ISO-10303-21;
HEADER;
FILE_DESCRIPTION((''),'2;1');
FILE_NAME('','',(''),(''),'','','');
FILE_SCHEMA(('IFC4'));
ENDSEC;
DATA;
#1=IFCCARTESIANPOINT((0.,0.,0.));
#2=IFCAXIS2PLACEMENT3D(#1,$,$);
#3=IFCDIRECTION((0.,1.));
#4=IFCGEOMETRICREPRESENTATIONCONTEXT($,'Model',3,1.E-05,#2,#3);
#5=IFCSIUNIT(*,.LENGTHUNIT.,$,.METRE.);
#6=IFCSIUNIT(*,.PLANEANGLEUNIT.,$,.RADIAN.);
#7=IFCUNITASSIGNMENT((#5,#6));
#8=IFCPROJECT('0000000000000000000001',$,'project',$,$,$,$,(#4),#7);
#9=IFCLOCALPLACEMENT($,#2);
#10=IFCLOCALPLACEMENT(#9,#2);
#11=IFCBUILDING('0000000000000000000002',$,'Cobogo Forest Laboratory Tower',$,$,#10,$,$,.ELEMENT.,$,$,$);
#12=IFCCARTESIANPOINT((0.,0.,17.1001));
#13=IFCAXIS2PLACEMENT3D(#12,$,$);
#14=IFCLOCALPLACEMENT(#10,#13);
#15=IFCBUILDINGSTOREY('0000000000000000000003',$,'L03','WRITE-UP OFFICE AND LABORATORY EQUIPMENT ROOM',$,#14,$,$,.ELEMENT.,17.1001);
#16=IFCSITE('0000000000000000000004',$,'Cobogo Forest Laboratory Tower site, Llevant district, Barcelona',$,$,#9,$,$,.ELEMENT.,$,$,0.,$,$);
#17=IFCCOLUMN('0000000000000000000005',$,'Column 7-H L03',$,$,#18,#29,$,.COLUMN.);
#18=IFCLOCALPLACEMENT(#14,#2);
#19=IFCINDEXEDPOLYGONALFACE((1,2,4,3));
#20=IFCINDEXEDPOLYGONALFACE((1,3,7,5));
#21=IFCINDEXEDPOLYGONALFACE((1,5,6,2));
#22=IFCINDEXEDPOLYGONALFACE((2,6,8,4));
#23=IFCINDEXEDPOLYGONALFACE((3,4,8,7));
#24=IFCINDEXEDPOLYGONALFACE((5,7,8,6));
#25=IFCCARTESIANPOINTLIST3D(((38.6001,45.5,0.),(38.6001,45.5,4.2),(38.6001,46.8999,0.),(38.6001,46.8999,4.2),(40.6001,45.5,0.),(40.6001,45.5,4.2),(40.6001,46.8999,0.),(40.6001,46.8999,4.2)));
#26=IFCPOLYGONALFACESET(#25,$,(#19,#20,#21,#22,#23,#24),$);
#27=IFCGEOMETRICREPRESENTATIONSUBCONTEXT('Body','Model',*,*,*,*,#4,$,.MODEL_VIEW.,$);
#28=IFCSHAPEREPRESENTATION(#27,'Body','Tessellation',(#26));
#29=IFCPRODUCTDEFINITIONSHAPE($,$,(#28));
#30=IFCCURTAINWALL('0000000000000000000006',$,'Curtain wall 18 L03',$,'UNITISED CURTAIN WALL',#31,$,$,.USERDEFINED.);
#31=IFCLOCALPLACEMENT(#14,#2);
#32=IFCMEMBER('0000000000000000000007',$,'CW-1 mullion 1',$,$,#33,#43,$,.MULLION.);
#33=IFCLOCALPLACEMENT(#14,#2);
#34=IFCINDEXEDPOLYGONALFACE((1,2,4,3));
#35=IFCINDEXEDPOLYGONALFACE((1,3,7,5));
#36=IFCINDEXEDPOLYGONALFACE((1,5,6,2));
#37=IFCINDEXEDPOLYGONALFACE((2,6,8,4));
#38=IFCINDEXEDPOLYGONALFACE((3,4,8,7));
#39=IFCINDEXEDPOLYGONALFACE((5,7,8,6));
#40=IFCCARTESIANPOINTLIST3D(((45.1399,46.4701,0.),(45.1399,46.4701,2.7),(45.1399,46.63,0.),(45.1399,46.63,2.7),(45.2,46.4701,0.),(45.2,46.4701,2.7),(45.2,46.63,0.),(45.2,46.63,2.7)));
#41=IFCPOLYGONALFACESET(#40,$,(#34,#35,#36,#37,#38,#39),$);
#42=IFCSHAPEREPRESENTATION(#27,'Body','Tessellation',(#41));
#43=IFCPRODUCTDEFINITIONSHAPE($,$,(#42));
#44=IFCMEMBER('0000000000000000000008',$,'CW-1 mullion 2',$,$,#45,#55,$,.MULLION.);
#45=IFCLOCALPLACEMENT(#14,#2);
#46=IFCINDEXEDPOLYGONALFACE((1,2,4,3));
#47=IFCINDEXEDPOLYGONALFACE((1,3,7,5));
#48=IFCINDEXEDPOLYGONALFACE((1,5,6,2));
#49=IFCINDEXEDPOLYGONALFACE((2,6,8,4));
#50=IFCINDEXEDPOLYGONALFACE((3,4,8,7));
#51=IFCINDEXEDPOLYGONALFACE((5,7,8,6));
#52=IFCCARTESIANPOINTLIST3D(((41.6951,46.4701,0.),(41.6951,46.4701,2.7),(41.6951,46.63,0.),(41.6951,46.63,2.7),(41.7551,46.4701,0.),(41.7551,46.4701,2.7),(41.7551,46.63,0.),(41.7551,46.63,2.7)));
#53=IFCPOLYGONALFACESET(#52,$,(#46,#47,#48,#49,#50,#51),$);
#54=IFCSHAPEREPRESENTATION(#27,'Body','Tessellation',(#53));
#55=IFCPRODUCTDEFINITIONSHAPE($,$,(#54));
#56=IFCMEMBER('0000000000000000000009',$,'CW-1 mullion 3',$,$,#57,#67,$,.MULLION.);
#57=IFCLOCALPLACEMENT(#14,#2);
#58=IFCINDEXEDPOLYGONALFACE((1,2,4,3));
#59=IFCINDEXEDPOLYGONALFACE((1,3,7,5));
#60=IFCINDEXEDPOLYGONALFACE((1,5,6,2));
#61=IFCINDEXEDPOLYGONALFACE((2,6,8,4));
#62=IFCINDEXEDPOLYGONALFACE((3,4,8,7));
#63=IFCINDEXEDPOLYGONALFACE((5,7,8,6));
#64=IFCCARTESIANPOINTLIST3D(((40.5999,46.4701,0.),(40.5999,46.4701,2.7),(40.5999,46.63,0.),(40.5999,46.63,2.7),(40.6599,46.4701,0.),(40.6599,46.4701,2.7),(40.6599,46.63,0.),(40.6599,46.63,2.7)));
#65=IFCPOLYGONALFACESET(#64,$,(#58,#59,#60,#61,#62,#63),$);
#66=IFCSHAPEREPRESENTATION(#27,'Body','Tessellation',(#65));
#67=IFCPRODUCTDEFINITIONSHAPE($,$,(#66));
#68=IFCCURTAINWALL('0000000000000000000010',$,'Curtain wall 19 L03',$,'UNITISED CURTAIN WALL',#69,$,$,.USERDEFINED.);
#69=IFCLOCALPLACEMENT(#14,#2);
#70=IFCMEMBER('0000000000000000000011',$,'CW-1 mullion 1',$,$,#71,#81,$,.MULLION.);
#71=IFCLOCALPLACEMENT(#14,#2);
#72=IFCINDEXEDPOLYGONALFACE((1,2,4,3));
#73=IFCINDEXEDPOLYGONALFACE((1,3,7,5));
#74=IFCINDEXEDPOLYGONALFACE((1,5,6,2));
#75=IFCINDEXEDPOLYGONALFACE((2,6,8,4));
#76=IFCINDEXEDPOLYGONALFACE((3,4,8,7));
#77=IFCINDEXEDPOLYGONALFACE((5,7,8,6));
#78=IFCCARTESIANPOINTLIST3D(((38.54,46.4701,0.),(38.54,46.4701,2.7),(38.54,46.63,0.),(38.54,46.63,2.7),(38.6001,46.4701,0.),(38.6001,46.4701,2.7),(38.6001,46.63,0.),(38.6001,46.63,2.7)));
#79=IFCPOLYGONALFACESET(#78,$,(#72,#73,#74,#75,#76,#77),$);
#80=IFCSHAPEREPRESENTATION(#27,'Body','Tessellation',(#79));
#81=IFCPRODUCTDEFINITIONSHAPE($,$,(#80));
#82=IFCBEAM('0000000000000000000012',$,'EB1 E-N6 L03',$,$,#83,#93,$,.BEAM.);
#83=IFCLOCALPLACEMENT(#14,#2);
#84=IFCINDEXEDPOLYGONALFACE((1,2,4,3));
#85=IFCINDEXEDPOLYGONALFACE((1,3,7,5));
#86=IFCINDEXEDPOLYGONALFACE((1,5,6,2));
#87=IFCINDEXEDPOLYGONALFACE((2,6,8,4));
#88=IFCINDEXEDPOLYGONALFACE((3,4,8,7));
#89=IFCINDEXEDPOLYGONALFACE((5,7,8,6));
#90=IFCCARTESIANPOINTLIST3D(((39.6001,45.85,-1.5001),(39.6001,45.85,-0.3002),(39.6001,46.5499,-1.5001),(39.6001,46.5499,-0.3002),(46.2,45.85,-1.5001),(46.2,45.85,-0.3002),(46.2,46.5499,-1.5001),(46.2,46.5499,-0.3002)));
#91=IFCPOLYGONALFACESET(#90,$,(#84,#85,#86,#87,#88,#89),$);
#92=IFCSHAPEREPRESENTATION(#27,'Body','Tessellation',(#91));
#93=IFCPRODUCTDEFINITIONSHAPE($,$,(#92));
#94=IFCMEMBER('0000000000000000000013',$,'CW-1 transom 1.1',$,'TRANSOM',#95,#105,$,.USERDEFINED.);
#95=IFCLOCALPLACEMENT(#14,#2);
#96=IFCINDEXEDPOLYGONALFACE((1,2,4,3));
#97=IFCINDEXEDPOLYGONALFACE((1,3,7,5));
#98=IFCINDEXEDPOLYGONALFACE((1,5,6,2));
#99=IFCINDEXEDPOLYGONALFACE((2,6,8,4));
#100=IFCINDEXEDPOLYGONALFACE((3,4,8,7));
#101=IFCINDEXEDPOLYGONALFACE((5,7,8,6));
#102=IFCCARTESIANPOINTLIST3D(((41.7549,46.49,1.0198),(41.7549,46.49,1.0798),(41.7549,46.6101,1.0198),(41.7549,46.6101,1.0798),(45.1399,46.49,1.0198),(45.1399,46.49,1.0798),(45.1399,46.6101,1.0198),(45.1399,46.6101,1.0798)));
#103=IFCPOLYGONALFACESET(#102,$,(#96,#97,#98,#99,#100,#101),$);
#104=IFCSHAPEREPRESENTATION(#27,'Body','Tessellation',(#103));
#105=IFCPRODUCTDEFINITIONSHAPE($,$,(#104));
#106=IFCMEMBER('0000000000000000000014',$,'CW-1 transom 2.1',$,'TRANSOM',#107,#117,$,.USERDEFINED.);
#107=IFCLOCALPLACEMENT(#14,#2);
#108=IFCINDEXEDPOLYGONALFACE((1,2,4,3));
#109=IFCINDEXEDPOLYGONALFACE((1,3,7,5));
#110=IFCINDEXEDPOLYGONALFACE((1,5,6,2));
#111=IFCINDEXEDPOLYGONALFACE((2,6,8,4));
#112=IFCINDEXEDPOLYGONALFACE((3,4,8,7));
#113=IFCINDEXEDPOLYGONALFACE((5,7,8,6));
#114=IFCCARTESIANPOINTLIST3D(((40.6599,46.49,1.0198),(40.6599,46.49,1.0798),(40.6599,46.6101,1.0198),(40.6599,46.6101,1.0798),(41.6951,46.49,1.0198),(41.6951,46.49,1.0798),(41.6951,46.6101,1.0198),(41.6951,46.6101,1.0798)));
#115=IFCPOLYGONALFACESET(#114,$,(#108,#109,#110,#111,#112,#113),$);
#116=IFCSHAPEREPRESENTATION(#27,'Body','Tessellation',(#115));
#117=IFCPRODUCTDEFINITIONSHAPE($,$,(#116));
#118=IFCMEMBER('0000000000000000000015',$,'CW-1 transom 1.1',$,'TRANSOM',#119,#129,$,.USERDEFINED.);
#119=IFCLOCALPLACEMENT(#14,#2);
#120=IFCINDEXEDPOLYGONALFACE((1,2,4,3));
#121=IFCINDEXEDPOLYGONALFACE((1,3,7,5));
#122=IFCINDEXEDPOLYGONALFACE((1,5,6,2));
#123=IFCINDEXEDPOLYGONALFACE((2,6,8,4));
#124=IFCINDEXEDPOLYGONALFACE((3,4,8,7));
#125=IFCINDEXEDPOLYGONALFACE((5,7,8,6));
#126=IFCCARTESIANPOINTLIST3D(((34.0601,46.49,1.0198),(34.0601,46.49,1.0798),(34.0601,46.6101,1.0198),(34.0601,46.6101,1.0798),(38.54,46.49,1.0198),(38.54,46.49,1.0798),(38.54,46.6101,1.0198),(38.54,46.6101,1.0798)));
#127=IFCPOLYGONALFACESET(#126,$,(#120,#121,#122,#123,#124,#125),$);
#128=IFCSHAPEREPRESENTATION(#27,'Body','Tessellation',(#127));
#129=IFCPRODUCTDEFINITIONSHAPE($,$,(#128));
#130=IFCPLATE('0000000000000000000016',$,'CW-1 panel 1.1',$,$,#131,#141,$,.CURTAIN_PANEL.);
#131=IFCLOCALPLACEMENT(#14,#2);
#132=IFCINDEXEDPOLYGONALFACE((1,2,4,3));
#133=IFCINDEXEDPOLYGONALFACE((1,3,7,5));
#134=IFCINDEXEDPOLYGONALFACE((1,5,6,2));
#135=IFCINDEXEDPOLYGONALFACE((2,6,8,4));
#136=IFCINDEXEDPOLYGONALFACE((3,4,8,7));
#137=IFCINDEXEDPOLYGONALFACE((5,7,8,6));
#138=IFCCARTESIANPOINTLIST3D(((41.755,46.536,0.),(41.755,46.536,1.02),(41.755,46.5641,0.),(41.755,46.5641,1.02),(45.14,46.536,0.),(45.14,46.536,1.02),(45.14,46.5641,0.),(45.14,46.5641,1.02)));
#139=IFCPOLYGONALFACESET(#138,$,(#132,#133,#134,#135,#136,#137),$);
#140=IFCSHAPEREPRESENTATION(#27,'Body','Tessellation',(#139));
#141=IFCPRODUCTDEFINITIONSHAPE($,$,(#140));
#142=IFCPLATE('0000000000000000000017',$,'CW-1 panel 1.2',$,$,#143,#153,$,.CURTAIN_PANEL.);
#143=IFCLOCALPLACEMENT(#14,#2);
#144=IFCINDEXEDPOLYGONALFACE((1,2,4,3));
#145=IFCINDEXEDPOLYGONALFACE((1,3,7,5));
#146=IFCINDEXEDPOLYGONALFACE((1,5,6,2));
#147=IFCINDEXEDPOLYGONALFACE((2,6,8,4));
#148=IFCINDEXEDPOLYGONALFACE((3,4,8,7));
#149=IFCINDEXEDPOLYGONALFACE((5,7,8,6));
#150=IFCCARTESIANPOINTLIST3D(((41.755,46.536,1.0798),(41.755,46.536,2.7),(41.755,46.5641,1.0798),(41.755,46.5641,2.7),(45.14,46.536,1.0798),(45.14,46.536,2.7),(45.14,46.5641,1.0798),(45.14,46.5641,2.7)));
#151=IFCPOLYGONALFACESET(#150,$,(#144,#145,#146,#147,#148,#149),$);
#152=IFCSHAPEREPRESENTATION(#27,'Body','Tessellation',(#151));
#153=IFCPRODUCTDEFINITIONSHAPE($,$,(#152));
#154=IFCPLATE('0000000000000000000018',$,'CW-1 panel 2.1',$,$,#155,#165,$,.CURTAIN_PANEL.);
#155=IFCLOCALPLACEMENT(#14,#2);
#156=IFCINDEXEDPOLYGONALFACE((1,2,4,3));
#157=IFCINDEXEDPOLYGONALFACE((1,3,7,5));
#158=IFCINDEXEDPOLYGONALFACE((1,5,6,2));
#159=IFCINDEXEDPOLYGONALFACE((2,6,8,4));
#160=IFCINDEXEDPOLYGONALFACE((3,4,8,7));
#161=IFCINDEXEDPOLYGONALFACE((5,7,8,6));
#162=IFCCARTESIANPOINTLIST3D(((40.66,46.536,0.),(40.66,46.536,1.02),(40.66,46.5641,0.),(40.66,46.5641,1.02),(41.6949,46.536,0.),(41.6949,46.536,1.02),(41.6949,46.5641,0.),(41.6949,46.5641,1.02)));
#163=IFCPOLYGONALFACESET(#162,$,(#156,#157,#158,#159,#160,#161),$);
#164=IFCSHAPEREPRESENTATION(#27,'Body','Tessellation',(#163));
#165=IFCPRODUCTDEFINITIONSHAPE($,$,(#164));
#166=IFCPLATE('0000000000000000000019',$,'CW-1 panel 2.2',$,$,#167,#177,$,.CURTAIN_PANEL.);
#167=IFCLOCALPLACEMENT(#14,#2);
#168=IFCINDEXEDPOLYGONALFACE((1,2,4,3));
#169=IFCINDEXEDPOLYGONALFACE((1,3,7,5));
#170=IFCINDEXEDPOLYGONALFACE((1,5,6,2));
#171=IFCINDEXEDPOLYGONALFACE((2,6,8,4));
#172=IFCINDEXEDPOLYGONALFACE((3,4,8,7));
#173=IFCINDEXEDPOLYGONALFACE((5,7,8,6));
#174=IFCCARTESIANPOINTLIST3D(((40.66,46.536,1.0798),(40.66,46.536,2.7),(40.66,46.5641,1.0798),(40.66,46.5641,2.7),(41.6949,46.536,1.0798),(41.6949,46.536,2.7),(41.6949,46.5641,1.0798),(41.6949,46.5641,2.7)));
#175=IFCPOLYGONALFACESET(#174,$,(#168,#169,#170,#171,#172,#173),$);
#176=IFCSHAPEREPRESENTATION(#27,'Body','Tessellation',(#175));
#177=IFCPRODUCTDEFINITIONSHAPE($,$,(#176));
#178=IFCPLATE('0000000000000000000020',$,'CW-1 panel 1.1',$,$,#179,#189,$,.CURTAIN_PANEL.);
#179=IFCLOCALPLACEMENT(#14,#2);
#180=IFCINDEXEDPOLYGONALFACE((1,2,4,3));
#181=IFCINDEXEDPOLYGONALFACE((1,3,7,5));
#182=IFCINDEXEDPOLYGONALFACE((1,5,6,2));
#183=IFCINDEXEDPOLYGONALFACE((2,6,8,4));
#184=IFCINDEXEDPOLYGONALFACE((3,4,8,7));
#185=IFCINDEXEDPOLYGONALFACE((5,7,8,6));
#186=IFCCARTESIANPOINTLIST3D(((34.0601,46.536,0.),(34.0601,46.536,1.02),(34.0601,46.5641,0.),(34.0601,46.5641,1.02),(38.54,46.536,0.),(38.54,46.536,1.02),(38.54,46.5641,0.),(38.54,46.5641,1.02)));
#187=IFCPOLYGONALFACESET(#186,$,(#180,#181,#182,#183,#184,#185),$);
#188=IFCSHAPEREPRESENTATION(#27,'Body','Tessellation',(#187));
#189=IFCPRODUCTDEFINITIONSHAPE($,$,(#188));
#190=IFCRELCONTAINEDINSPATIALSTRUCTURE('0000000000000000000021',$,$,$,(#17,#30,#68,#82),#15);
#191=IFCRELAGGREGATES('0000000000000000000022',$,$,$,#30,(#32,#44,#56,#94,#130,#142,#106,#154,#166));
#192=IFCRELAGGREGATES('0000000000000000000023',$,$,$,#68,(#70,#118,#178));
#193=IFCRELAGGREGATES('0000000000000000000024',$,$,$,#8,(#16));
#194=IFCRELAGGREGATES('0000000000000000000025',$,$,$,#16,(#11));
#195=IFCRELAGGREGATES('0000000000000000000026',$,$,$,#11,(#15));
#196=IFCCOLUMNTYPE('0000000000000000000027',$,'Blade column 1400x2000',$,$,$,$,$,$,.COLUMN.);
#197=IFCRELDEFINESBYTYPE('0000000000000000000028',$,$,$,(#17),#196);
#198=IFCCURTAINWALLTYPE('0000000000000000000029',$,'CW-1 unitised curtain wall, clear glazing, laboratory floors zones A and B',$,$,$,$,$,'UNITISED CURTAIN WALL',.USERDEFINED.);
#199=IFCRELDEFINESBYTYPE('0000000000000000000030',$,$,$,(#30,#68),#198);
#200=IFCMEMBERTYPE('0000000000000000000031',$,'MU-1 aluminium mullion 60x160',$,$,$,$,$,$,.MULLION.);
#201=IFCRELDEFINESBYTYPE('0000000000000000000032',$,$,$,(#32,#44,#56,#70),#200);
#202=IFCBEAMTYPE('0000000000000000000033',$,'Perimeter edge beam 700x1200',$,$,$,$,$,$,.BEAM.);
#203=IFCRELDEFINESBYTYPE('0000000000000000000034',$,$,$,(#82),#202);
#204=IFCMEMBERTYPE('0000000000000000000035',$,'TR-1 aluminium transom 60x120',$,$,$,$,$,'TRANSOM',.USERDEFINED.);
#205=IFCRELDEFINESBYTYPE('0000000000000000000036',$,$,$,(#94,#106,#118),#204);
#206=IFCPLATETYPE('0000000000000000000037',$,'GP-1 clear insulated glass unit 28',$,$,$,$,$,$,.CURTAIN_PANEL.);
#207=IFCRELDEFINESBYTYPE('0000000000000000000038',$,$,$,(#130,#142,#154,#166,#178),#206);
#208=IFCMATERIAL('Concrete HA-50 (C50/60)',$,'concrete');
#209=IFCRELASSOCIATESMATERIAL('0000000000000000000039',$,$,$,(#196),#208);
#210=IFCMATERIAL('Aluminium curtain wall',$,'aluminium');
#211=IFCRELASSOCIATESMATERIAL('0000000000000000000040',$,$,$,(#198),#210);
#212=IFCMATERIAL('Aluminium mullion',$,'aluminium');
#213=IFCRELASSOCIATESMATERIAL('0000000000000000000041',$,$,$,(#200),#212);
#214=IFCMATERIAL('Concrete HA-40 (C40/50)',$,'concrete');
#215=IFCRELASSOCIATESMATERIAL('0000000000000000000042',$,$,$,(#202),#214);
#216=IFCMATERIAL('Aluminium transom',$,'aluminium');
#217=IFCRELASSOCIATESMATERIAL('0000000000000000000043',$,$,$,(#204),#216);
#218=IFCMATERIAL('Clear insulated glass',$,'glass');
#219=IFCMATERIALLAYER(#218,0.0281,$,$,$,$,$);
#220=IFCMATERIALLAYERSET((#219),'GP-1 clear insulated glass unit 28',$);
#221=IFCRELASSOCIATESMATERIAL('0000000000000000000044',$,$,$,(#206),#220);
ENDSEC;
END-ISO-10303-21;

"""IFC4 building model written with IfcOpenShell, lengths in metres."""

from ifc_helpers import new_model, si_unit, direction, frame, origin, origin_2d, place, context, subcontext, project, spatial, rectangle, extrude, material, layer, layer_set, material_profile, profile_set, type_object, element, aggregate, save


model = new_model("IFC4")

# Units and contexts
model_context = context("Model", 3, precision=1e-05, world=origin(), true_north=direction((0.0, 1.0)))
body_context = subcontext(model_context, "Body", "Model", "MODEL_VIEW")
ifc_project = project(units=[si_unit("LENGTHUNIT", "METRE"), si_unit("PLANEANGLEUNIT", "RADIAN")], contexts=[model_context])

# Site, building, storey
site_placement = place(None, origin())
site = spatial("IfcSite", under=ifc_project, at=site_placement, Name="Cobogo Forest Laboratory Tower site, Llevant district, Barcelona", CompositionType="ELEMENT", RefElevation=0.0)
building_placement = place(site_placement, origin())
building = spatial("IfcBuilding", under=site, at=building_placement, Name="Cobogo Forest Laboratory Tower", CompositionType="ELEMENT")
storey_placement = place(building_placement, frame((0.0, 0.0, 17.1001)))
storey = spatial("IfcBuildingStorey", under=building, at=storey_placement, Name="L03", Description="WRITE-UP OFFICE AND LABORATORY EQUIPMENT ROOM", CompositionType="ELEMENT", Elevation=17.1001)

# Column
ifc_material_1 = material(Name="Concrete HA-50 (C50/60)", Category="concrete")
ifc_material_profile_1 = material_profile(ifc_material_1, rectangle(XDim=2.0, YDim=1.3999, at=origin_2d()), Name="RC 1400x2000")
ifc_profile_set_1 = profile_set([ifc_material_profile_1], Name="Concrete HA-50 (C50/60)")
column_type = type_object("IfcColumnType", Name="Blade column 1400x2000", PredefinedType="COLUMN", material=ifc_profile_set_1)
column_placement = place(storey_placement, frame((39.6001, 46.2, 0.0), z_axis=(0.0, 0.0, 1.0), x_axis=(1.0, 0.0, 0.0)))
element("IfcColumn", 1, at=column_placement, inside=storey, type_object=column_type, Name="Column 7-H L03", PredefinedType="COLUMN", context=body_context, shape_type="SweptSolid", body=[
    extrude(rectangle(XDim=2.0, YDim=1.3999, at=origin_2d()), origin(), (0.0, 0.0, 1.0), 4.2),
])

# Curtain wall, members
ifc_material_2 = material(Name="Aluminium curtain wall", Category="aluminium")
curtain_wall_type = type_object("IfcCurtainWallType", Name="CW-1 unitised curtain wall, clear glazing, laboratory floors zones A and B", ElementType="UNITISED CURTAIN WALL", PredefinedType="USERDEFINED", material=ifc_material_2)
curtain_wall_1_placement = place(storey_placement, origin())
curtain_wall_1 = element("IfcCurtainWall", 2, at=curtain_wall_1_placement, inside=storey, type_object=curtain_wall_type, Name="Curtain wall 18 L03", ObjectType="UNITISED CURTAIN WALL", PredefinedType="USERDEFINED")
ifc_material_3 = material(Name="Aluminium mullion", Category="aluminium")
ifc_material_profile_2 = material_profile(ifc_material_3, rectangle(XDim=0.0601, YDim=0.1599, at=origin_2d()), Name="AL 60x160")
ifc_profile_set_2 = profile_set([ifc_material_profile_2], Name="Aluminium mullion")
member_type_1 = type_object("IfcMemberType", Name="MU-1 aluminium mullion 60x160", PredefinedType="MULLION", material=ifc_profile_set_2)
member_1_placement = place(storey_placement, frame((45.1699, 46.55, 0.0), z_axis=(0.0, 0.0, 1.0), x_axis=(-1.0, 0.0, 0.0)))
member_1 = element("IfcMember", 3, at=member_1_placement, type_object=member_type_1, Name="CW-1 mullion 1", PredefinedType="MULLION", context=body_context, shape_type="SweptSolid", body=[
    extrude(rectangle(XDim=0.0601, YDim=0.1599, at=origin_2d()), origin(), (0.0, 0.0, 1.0), 2.7),
])
member_2_placement = place(storey_placement, frame((41.7251, 46.55, 0.0), z_axis=(0.0, 0.0, 1.0), x_axis=(-1.0, 0.0, 0.0)))
member_2 = element("IfcMember", 4, at=member_2_placement, type_object=member_type_1, Name="CW-1 mullion 2", PredefinedType="MULLION", context=body_context, shape_type="SweptSolid", body=[
    extrude(rectangle(XDim=0.0601, YDim=0.1599, at=origin_2d()), origin(), (0.0, 0.0, 1.0), 2.7),
])
member_3_placement = place(storey_placement, frame((40.6299, 46.55, 0.0), z_axis=(0.0, 0.0, 1.0), x_axis=(-1.0, 0.0, 0.0)))
member_3 = element("IfcMember", 5, at=member_3_placement, type_object=member_type_1, Name="CW-1 mullion 3", PredefinedType="MULLION", context=body_context, shape_type="SweptSolid", body=[
    extrude(rectangle(XDim=0.0601, YDim=0.1599, at=origin_2d()), origin(), (0.0, 0.0, 1.0), 2.7),
])

# Curtain wall, member
curtain_wall_2_placement = place(storey_placement, origin())
curtain_wall_2 = element("IfcCurtainWall", 6, at=curtain_wall_2_placement, inside=storey, type_object=curtain_wall_type, Name="Curtain wall 19 L03", ObjectType="UNITISED CURTAIN WALL", PredefinedType="USERDEFINED")
member_4_placement = place(storey_placement, frame((38.5701, 46.55, 0.0), z_axis=(0.0, 0.0, 1.0), x_axis=(-1.0, 0.0, 0.0)))
member_4 = element("IfcMember", 7, at=member_4_placement, type_object=member_type_1, Name="CW-1 mullion 1", PredefinedType="MULLION", context=body_context, shape_type="SweptSolid", body=[
    extrude(rectangle(XDim=0.0601, YDim=0.1599, at=origin_2d()), origin(), (0.0, 0.0, 1.0), 2.7),
])

# Beam
ifc_material_4 = material(Name="Concrete HA-40 (C40/50)", Category="concrete")
ifc_material_profile_3 = material_profile(ifc_material_4, rectangle(XDim=0.7, YDim=1.2, at=origin_2d()), Name="RC 700x1200")
ifc_profile_set_3 = profile_set([ifc_material_profile_3], Name="Concrete HA-40 (C40/50)")
beam_type = type_object("IfcBeamType", Name="Perimeter edge beam 700x1200", PredefinedType="BEAM", material=ifc_profile_set_3)
beam_placement = place(storey_placement, frame((39.6001, 46.2, -0.9001), z_axis=(1.0, 0.0, 0.0), x_axis=(0.0, 1.0, 0.0)))
element("IfcBeam", 8, at=beam_placement, inside=storey, type_object=beam_type, Name="EB1 E-N6 L03", PredefinedType="BEAM", context=body_context, shape_type="SweptSolid", body=[
    extrude(rectangle(XDim=0.7, YDim=1.2, at=origin_2d()), origin(), (0.0, 0.0, 1.0), 6.5999),
])

# Members
ifc_material_5 = material(Name="Aluminium transom", Category="aluminium")
ifc_material_profile_4 = material_profile(ifc_material_5, rectangle(XDim=0.1201, YDim=0.0601, at=origin_2d()), Name="AL 60x120")
ifc_profile_set_4 = profile_set([ifc_material_profile_4], Name="Aluminium transom")
member_type_2 = type_object("IfcMemberType", Name="TR-1 aluminium transom 60x120", ElementType="TRANSOM", PredefinedType="USERDEFINED", material=ifc_profile_set_4)
member_5_placement = place(storey_placement, frame((45.1399, 46.55, 1.0498), z_axis=(-1.0, 0.0, 0.0), x_axis=(0.0, -1.0, 0.0)))
member_5 = element("IfcMember", 9, at=member_5_placement, type_object=member_type_2, Name="CW-1 transom 1.1", ObjectType="TRANSOM", PredefinedType="USERDEFINED", context=body_context, shape_type="SweptSolid", body=[
    extrude(rectangle(XDim=0.1201, YDim=0.0601, at=origin_2d()), origin(), (0.0, 0.0, 1.0), 3.385),
])
member_6_placement = place(storey_placement, frame((41.6951, 46.55, 1.0498), z_axis=(-1.0, 0.0, 0.0), x_axis=(0.0, -1.0, 0.0)))
member_6 = element("IfcMember", 10, at=member_6_placement, type_object=member_type_2, Name="CW-1 transom 2.1", ObjectType="TRANSOM", PredefinedType="USERDEFINED", context=body_context, shape_type="SweptSolid", body=[
    extrude(rectangle(XDim=0.1201, YDim=0.0601, at=origin_2d()), origin(), (0.0, 0.0, 1.0), 1.0352),
])
member_7_placement = place(storey_placement, frame((38.54, 46.55, 1.0498), z_axis=(-1.0, 0.0, 0.0), x_axis=(0.0, -1.0, 0.0)))
member_7 = element("IfcMember", 11, at=member_7_placement, type_object=member_type_2, Name="CW-1 transom 1.1", ObjectType="TRANSOM", PredefinedType="USERDEFINED", context=body_context, shape_type="SweptSolid", body=[
    extrude(rectangle(XDim=0.1201, YDim=0.0601, at=origin_2d()), origin(), (0.0, 0.0, 1.0), 4.48),
])

# Plates
ifc_material_6 = material(Name="Clear insulated glass", Category="glass")
ifc_layer_1 = layer(ifc_material_6, 0.0281)
ifc_layer_set_1 = layer_set([ifc_layer_1], Name="GP-1 clear insulated glass unit 28")
plate_type_1 = type_object("IfcPlateType", Name="GP-1 clear insulated glass unit 28", PredefinedType="CURTAIN_PANEL", material=ifc_layer_set_1)
plate_1_placement = place(storey_placement, frame((43.4475, 46.55, 0.0), z_axis=(0.0, 0.0, 1.0), x_axis=(-1.0, 0.0, 0.0)))
plate_1 = element("IfcPlate", 12, at=plate_1_placement, type_object=plate_type_1, Name="CW-1 panel 1.1", PredefinedType="CURTAIN_PANEL", context=body_context, shape_type="SweptSolid", body=[
    extrude(rectangle(XDim=3.385, YDim=0.0281, at=origin_2d()), origin(), (0.0, 0.0, 1.0), 1.02),
])
plate_2_placement = place(storey_placement, frame((43.4475, 46.55, 1.0798), z_axis=(0.0, 0.0, 1.0), x_axis=(-1.0, 0.0, 0.0)))
plate_2 = element("IfcPlate", 13, at=plate_2_placement, type_object=plate_type_1, Name="CW-1 panel 1.2", PredefinedType="CURTAIN_PANEL", context=body_context, shape_type="SweptSolid", body=[
    extrude(rectangle(XDim=3.385, YDim=0.0281, at=origin_2d()), origin(), (0.0, 0.0, 1.0), 1.6201),
])
plate_3_placement = place(storey_placement, frame((41.1775, 46.55, 0.0), z_axis=(0.0, 0.0, 1.0), x_axis=(-1.0, 0.0, 0.0)))
plate_3 = element("IfcPlate", 14, at=plate_3_placement, type_object=plate_type_1, Name="CW-1 panel 2.1", PredefinedType="CURTAIN_PANEL", context=body_context, shape_type="SweptSolid", body=[
    extrude(rectangle(XDim=1.0349, YDim=0.0281, at=origin_2d()), origin(), (0.0, 0.0, 1.0), 1.02),
])
plate_4_placement = place(storey_placement, frame((41.1775, 46.55, 1.0798), z_axis=(0.0, 0.0, 1.0), x_axis=(-1.0, 0.0, 0.0)))
plate_4 = element("IfcPlate", 15, at=plate_4_placement, type_object=plate_type_1, Name="CW-1 panel 2.2", PredefinedType="CURTAIN_PANEL", context=body_context, shape_type="SweptSolid", body=[
    extrude(rectangle(XDim=1.0349, YDim=0.0281, at=origin_2d()), origin(), (0.0, 0.0, 1.0), 1.6201),
])
aggregate(curtain_wall_1, [member_1, member_2, member_3, member_5, plate_1, plate_2, member_6, plate_3, plate_4])
plate_5_placement = place(storey_placement, frame((36.3, 46.55, 0.0), z_axis=(0.0, 0.0, 1.0), x_axis=(-1.0, 0.0, 0.0)))
plate_5 = element("IfcPlate", 16, at=plate_5_placement, type_object=plate_type_1, Name="CW-1 panel 1.1", PredefinedType="CURTAIN_PANEL", context=body_context, shape_type="SweptSolid", body=[
    extrude(rectangle(XDim=4.48, YDim=0.0281, at=origin_2d()), origin(), (0.0, 0.0, 1.0), 1.02),
])
aggregate(curtain_wall_2, [member_4, member_7, plate_5])

save(model, "model.ifc")
